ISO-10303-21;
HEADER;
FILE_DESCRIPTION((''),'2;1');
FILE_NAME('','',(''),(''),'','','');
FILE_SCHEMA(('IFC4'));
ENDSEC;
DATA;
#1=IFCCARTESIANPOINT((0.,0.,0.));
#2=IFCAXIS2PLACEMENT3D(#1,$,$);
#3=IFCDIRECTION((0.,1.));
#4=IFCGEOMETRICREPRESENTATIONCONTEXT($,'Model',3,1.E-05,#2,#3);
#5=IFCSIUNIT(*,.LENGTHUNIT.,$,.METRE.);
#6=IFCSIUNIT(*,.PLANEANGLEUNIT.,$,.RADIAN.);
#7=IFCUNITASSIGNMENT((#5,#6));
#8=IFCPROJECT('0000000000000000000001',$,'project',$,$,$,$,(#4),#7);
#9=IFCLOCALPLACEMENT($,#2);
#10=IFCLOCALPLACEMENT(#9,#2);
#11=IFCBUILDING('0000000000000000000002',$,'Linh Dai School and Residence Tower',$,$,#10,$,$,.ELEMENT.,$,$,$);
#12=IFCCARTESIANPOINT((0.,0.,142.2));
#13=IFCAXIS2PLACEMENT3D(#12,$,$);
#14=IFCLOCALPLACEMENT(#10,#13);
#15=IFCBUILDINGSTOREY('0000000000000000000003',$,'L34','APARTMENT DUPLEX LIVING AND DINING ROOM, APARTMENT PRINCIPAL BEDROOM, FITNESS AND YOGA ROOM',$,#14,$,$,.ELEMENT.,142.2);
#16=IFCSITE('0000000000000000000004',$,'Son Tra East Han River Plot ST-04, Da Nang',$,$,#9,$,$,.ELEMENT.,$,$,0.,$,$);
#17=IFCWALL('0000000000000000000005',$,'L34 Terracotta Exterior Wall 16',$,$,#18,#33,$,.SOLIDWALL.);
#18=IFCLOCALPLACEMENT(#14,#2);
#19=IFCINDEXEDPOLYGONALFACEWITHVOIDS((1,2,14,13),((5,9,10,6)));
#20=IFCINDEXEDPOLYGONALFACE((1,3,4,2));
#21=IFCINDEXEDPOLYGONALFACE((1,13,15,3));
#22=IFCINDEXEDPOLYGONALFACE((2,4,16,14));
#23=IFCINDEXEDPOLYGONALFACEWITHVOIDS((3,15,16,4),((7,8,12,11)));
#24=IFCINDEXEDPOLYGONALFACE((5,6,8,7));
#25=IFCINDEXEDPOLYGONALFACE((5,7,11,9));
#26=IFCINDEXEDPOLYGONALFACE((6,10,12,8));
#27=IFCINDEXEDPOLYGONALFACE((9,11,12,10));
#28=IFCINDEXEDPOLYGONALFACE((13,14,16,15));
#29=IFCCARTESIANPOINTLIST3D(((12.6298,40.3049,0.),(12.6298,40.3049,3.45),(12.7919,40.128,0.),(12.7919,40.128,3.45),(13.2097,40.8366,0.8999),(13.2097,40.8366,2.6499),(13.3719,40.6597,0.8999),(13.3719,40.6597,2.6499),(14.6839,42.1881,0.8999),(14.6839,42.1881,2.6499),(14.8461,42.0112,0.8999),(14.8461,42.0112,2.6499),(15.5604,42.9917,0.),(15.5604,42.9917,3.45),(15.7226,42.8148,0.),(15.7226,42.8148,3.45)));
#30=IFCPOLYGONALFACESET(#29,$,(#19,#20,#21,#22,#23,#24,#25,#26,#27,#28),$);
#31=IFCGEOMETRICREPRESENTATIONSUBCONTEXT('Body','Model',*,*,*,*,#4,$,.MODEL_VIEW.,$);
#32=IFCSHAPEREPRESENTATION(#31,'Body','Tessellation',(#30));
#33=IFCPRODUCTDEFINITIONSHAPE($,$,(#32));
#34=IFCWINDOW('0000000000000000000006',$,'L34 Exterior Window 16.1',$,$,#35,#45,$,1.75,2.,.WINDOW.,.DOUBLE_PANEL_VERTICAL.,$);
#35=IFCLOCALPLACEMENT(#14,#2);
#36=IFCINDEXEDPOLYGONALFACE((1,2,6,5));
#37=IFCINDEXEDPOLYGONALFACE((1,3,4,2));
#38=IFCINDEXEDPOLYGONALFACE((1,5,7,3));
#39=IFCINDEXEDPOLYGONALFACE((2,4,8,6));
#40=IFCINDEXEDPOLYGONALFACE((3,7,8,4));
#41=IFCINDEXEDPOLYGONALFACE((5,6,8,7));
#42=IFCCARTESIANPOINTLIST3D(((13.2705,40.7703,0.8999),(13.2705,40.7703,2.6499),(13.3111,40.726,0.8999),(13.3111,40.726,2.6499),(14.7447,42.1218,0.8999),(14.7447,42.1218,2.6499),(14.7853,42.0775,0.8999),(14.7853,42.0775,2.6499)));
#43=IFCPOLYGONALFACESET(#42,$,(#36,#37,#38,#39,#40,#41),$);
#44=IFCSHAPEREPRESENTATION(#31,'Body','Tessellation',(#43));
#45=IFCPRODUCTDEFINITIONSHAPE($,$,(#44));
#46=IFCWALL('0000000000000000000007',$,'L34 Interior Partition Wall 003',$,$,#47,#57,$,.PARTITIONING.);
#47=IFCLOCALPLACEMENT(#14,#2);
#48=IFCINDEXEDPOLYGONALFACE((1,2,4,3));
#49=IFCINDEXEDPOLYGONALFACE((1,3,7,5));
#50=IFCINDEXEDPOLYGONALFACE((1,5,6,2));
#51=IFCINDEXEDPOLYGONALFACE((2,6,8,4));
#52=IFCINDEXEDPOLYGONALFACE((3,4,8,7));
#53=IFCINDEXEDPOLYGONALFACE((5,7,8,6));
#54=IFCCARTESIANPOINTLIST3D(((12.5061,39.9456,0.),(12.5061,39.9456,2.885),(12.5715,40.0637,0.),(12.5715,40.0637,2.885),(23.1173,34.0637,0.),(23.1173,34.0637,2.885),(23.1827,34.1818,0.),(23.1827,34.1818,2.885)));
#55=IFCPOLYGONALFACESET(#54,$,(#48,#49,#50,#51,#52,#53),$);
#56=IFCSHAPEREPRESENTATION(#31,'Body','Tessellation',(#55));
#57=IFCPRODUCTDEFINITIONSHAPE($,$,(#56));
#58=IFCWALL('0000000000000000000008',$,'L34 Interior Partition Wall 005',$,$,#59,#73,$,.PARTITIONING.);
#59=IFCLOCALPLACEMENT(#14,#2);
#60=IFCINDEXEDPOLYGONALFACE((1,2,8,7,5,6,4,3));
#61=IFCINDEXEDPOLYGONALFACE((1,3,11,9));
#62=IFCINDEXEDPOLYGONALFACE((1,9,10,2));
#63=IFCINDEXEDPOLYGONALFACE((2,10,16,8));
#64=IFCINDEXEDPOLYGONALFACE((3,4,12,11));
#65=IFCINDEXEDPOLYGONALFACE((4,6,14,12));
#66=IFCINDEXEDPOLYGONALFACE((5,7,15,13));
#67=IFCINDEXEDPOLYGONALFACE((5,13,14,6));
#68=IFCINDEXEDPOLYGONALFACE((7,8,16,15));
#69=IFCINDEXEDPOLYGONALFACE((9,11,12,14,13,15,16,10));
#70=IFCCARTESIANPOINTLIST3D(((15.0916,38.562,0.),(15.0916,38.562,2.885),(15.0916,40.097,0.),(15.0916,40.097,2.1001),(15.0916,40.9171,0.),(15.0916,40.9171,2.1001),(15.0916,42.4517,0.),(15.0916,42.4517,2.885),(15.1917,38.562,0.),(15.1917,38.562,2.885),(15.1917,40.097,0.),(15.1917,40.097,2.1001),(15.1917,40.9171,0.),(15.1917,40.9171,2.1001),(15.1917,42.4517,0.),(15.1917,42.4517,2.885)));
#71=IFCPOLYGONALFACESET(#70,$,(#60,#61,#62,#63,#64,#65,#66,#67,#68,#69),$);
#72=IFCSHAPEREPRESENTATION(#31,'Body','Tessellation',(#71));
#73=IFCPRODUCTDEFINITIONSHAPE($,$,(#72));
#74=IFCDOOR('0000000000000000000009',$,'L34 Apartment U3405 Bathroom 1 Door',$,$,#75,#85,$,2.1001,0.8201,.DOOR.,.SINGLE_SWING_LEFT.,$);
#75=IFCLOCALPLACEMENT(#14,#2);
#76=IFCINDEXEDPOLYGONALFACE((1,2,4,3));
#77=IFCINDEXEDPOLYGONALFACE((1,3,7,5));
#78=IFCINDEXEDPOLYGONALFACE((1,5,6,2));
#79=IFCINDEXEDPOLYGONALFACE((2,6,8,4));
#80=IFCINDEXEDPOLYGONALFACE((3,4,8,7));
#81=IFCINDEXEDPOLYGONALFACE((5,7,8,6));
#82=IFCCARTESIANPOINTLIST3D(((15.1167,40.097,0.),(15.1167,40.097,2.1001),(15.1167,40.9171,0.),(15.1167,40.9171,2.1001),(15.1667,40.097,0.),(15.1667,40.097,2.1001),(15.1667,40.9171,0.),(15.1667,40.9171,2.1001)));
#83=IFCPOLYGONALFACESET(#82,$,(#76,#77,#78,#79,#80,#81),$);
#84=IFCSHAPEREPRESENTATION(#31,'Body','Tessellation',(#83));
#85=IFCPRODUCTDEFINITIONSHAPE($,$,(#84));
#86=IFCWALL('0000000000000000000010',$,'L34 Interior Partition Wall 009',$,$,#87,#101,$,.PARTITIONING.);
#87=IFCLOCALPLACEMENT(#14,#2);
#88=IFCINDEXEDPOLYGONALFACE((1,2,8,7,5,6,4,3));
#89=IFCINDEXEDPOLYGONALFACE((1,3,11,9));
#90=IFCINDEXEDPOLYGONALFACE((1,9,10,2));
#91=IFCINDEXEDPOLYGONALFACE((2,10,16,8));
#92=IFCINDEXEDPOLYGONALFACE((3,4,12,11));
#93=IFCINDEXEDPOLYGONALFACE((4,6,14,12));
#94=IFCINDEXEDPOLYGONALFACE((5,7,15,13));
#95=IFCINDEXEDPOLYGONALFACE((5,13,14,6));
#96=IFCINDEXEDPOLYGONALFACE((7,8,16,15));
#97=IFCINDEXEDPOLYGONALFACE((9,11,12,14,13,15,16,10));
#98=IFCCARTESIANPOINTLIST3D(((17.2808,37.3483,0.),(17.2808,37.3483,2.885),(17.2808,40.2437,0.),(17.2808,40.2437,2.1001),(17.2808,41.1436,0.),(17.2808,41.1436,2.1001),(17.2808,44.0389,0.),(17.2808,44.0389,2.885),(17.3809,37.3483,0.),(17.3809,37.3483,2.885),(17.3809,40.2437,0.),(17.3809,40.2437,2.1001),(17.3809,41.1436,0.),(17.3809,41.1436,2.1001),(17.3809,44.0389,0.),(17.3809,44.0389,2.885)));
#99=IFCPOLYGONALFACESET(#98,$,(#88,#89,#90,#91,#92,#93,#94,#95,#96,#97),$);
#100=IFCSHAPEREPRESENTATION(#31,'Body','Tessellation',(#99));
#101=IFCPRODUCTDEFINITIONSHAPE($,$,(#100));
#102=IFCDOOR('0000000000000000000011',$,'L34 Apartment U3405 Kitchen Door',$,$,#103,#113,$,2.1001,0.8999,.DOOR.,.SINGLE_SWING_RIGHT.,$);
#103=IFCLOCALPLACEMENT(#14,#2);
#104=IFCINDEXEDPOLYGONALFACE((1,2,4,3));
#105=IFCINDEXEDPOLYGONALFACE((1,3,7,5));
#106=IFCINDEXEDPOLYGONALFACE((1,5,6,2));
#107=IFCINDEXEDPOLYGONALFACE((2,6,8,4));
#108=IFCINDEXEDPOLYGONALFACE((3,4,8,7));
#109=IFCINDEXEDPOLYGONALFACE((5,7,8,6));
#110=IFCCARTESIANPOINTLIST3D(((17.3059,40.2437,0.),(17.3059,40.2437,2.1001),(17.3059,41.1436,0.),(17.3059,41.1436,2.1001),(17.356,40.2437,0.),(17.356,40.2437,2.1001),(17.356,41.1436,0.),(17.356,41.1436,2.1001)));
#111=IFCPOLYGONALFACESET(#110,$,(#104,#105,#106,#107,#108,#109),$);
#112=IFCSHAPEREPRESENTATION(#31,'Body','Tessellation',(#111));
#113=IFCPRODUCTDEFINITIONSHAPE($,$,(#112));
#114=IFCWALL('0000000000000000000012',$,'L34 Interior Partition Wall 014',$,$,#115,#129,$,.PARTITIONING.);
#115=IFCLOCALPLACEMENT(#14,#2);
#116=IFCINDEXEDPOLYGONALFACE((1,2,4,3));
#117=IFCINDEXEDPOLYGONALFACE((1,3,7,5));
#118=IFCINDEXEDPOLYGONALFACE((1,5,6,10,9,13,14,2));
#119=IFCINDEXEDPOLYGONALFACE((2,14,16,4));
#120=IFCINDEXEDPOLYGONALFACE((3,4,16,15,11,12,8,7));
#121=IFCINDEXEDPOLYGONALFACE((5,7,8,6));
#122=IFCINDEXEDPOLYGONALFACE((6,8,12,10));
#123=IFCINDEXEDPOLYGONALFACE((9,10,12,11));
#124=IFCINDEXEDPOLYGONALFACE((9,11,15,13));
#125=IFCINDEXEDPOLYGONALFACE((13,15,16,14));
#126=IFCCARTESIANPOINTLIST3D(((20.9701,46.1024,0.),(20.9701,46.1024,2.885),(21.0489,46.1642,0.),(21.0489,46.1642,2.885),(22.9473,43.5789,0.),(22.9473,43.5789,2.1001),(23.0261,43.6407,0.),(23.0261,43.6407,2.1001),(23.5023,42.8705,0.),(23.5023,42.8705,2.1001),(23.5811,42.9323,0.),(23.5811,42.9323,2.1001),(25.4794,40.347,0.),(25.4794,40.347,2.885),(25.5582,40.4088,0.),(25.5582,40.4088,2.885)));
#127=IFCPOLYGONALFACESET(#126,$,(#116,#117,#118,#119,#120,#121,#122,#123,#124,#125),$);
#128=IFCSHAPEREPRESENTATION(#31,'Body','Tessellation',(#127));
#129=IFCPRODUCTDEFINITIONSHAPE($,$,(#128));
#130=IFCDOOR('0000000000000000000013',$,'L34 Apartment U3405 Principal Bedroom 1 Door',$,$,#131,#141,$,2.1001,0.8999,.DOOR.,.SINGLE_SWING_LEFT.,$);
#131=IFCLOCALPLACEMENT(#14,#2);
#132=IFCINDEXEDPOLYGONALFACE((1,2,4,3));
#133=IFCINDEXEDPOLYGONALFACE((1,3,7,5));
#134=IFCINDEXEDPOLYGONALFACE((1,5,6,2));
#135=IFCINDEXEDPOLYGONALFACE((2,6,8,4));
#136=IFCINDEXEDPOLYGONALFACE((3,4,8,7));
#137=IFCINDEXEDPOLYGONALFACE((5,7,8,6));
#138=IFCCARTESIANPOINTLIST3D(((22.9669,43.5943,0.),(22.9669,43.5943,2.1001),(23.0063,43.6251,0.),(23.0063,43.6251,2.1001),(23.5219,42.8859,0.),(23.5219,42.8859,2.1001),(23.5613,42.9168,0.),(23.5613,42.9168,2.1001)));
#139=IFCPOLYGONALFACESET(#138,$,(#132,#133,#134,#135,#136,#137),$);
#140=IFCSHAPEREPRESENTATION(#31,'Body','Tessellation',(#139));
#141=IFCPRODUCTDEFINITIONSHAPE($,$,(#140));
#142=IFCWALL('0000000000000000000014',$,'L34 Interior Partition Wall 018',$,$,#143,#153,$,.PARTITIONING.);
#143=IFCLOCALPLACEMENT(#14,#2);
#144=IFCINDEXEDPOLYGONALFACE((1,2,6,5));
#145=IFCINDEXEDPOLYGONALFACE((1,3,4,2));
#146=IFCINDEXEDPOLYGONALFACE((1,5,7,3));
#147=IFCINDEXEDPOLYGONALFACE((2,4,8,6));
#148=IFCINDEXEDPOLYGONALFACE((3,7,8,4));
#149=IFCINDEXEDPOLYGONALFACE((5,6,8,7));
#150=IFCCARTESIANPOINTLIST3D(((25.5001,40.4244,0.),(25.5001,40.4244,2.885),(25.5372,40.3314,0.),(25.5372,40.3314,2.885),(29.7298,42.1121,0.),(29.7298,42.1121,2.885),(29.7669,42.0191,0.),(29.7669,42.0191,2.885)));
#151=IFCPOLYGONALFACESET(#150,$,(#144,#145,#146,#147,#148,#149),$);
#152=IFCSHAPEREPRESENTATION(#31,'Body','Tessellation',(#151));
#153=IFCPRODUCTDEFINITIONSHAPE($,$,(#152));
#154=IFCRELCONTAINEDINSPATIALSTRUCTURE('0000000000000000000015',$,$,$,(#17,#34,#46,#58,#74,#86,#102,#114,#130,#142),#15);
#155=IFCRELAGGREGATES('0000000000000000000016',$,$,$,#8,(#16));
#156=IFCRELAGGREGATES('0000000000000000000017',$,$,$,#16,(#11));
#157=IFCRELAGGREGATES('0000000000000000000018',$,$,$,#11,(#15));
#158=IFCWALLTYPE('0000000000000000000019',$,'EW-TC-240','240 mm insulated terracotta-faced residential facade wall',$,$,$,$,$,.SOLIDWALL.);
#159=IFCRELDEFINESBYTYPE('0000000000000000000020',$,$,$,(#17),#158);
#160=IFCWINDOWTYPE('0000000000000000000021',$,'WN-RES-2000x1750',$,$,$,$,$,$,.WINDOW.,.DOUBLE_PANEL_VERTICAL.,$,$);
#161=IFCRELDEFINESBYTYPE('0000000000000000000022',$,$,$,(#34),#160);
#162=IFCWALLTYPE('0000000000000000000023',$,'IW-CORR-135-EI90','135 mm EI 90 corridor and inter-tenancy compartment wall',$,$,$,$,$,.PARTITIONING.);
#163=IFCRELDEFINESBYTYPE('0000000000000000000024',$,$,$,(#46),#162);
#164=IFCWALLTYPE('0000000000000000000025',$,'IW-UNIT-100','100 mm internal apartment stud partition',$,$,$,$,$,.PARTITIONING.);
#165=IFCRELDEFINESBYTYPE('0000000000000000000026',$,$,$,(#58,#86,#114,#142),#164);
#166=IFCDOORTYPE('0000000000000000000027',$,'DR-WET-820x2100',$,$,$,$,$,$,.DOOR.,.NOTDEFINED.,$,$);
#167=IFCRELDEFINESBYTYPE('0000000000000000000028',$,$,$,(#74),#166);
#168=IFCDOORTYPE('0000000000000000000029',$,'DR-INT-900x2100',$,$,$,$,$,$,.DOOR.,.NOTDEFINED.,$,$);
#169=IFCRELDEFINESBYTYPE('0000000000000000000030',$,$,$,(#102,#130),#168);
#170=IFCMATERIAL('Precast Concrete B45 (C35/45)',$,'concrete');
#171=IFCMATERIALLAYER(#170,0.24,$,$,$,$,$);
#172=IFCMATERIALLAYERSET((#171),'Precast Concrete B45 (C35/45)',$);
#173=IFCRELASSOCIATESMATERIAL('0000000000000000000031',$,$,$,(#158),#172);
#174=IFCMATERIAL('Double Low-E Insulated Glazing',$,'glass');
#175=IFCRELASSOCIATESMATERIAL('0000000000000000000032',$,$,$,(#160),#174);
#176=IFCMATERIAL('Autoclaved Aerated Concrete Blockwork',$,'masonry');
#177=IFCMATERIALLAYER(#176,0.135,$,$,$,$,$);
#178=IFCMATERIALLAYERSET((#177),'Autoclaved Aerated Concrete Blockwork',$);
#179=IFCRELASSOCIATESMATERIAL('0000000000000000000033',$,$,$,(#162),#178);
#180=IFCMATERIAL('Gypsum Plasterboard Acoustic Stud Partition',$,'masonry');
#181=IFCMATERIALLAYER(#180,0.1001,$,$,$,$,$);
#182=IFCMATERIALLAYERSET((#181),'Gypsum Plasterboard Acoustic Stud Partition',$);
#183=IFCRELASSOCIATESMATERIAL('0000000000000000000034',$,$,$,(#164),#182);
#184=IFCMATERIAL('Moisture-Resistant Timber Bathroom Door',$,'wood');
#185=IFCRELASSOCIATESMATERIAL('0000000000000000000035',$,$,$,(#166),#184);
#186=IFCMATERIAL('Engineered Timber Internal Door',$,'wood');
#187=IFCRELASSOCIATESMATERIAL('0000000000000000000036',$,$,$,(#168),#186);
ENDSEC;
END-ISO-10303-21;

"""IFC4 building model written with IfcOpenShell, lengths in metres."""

from ifc_helpers import new_model, si_unit, direction, frame, frame_2d, origin, origin_2d, place, context, subcontext, project, spatial, rectangle, extrude, source, transform, mapped, material, layer, layer_set, type_object, element, fill, save


model = new_model("IFC4")

# Units and contexts
model_context = context("Model", 3, precision=1e-05, world=origin(), true_north=direction((0.0, 1.0)))
body_context = subcontext(model_context, "Body", "Model", "MODEL_VIEW")
ifc_project = project(units=[si_unit("LENGTHUNIT", "METRE"), si_unit("PLANEANGLEUNIT", "RADIAN")], contexts=[model_context])

# Site, building, storey
site_placement = place(None, origin())
site = spatial("IfcSite", under=ifc_project, at=site_placement, Name="Son Tra East Han River Plot ST-04, Da Nang", CompositionType="ELEMENT", RefElevation=0.0)
building_placement = place(site_placement, origin())
building = spatial("IfcBuilding", under=site, at=building_placement, Name="Linh Dai School and Residence Tower", CompositionType="ELEMENT")
storey_placement = place(building_placement, frame((0.0, 0.0, 142.2)))
storey = spatial("IfcBuildingStorey", under=building, at=storey_placement, Name="L34", Description="APARTMENT DUPLEX LIVING AND DINING ROOM, APARTMENT PRINCIPAL BEDROOM, FITNESS AND YOGA ROOM", CompositionType="ELEMENT", Elevation=142.2)

# Shared definitions
ifc_material_1 = material(Name="Precast Concrete B45 (C35/45)", Category="concrete")

# Shared definitions
ifc_layer_1 = layer(ifc_material_1, 0.24)
ifc_layer_set_1 = layer_set([ifc_layer_1], Name="Precast Concrete B45 (C35/45)")
wall_type_1 = type_object("IfcWallType", Name="EW-TC-240", Description="240 mm insulated terracotta-faced residential facade wall", PredefinedType="SOLIDWALL", material=ifc_layer_set_1)

# Shared definitions
ifc_material_2 = material(Name="Double Low-E Insulated Glazing", Category="glass")
window_type_1 = type_object("IfcWindowType", Name="WN-RES-2000x1750", PartitioningType="DOUBLE_PANEL_VERTICAL", PredefinedType="WINDOW", material=ifc_material_2)
shared_shape_1 = source(origin(), body_context, "Body", "SweptSolid", [
    extrude(rectangle(XDim=2.0, YDim=1.75, at=origin_2d()), frame((1.0, 0.03, 0.875), z_axis=(0.0, -1.0, 0.0), x_axis=(1.0, 0.0, 0.0)), (0.0, 0.0, 1.0), 0.0601),
])

# Wall, opening, window
wall_1_placement = place(storey_placement, frame((12.7109, 40.2166, 0.0), z_axis=(0.0, 0.0, 1.0), x_axis=(0.737113, 0.675769, 0.0)))
wall_1 = element("IfcWall", 1, at=wall_1_placement, inside=storey, type_object=wall_type_1, Name="L34 Terracotta Exterior Wall 16", PredefinedType="SOLIDWALL", context=body_context, shape_type="SweptSolid", body=[
    extrude(rectangle(XDim=3.9758, YDim=0.24, at=frame_2d((1.9878, 0.0))), origin(), (0.0, 0.0, 1.0), 3.45),
])
opening_1_placement = place(wall_1_placement, frame((0.7866, 0.0, 0.8999)))
opening_1 = element("IfcOpeningElement", 2, at=opening_1_placement, cuts=wall_1, PredefinedType="OPENING", context=body_context, shape_type="SweptSolid", body=[
    extrude(rectangle(XDim=2.0, YDim=1.75, at=origin_2d()), frame((1.0, 0.1299, 0.875), z_axis=(0.0, -1.0, 0.0), x_axis=(1.0, 0.0, 0.0)), (0.0, 0.0, 1.0), 0.26),
])
window_1_placement = place(opening_1_placement, origin())
window_1 = element("IfcWindow", 3, at=window_1_placement, inside=storey, type_object=window_type_1, Name="L34 Exterior Window 16.1", OverallHeight=1.75, OverallWidth=2.0, PartitioningType="DOUBLE_PANEL_VERTICAL", PredefinedType="WINDOW", context=body_context, shape_type="MappedRepresentation", body=[
    mapped(shared_shape_1, transform((0.0, 0.0, 0.0), x_axis=(1.0, 0.0, 0.0), y_axis=(0.0, 1.0, 0.0), z_axis=(0.0, 0.0, 1.0), scale=1.0)),
])
fill(opening_1, window_1)

# Wall
ifc_material_3 = material(Name="Autoclaved Aerated Concrete Blockwork", Category="masonry")
ifc_layer_2 = layer(ifc_material_3, 0.135)
ifc_layer_set_2 = layer_set([ifc_layer_2], Name="Autoclaved Aerated Concrete Blockwork")
wall_type_2 = type_object("IfcWallType", Name="IW-CORR-135-EI90", Description="135 mm EI 90 corridor and inter-tenancy compartment wall", PredefinedType="PARTITIONING", material=ifc_layer_set_2)
wall_2_placement = place(storey_placement, frame((12.5388, 40.0046, 0.0), z_axis=(0.0, 0.0, 1.0), x_axis=(0.874619, -0.484811, 0.0)))
element("IfcWall", 4, at=wall_2_placement, inside=storey, type_object=wall_type_2, Name="L34 Interior Partition Wall 003", PredefinedType="PARTITIONING", context=body_context, shape_type="SweptSolid", body=[
    extrude(rectangle(XDim=12.1323, YDim=0.135, at=frame_2d((6.0662, 0.0))), origin(), (0.0, 0.0, 1.0), 2.885),
])

# Walls, openings, doors
ifc_material_4 = material(Name="Gypsum Plasterboard Acoustic Stud Partition", Category="masonry")
ifc_layer_3 = layer(ifc_material_4, 0.1001)
ifc_layer_set_3 = layer_set([ifc_layer_3], Name="Gypsum Plasterboard Acoustic Stud Partition")
wall_type_3 = type_object("IfcWallType", Name="IW-UNIT-100", Description="100 mm internal apartment stud partition", PredefinedType="PARTITIONING", material=ifc_layer_set_3)
wall_3_placement = place(storey_placement, frame((15.1416, 38.562, 0.0), z_axis=(0.0, 0.0, 1.0), x_axis=(0.0, 1.0, 0.0)))
wall_3 = element("IfcWall", 5, at=wall_3_placement, inside=storey, type_object=wall_type_3, Name="L34 Interior Partition Wall 005", PredefinedType="PARTITIONING", context=body_context, shape_type="SweptSolid", body=[
    extrude(rectangle(XDim=3.8896, YDim=0.1001, at=frame_2d((1.9448, 0.0))), origin(), (0.0, 0.0, 1.0), 2.885),
])
opening_2_placement = place(wall_3_placement, frame((1.5349, 0.0, 0.0)))
opening_2 = element("IfcOpeningElement", 6, at=opening_2_placement, cuts=wall_3, PredefinedType="OPENING", context=body_context, shape_type="SweptSolid", body=[
    extrude(rectangle(XDim=0.8201, YDim=2.1001, at=origin_2d()), frame((0.4102, 0.0601, 1.05), z_axis=(0.0, -1.0, 0.0), x_axis=(1.0, 0.0, 0.0)), (0.0, 0.0, 1.0), 0.1201),
])
ifc_material_5 = material(Name="Moisture-Resistant Timber Bathroom Door", Category="wood")
door_type_1 = type_object("IfcDoorType", Name="DR-WET-820x2100", OperationType="NOTDEFINED", PredefinedType="DOOR", material=ifc_material_5)
shared_shape_2 = source(origin(), body_context, "Body", "SweptSolid", [
    extrude(rectangle(XDim=0.8201, YDim=2.1001, at=origin_2d()), frame((0.4102, 0.0249, 1.05), z_axis=(0.0, -1.0, 0.0), x_axis=(1.0, 0.0, 0.0)), (0.0, 0.0, 1.0), 0.05),
])
door_1_placement = place(opening_2_placement, origin())
door_1 = element("IfcDoor", 7, at=door_1_placement, inside=storey, type_object=door_type_1, Name="L34 Apartment U3405 Bathroom 1 Door", OperationType="SINGLE_SWING_LEFT", OverallHeight=2.1001, OverallWidth=0.8201, PredefinedType="DOOR", context=body_context, shape_type="MappedRepresentation", body=[
    mapped(shared_shape_2, transform((0.0, 0.0, 0.0), x_axis=(1.0, 0.0, 0.0), y_axis=(0.0, 1.0, 0.0), z_axis=(0.0, 0.0, 1.0), scale=1.0)),
])
fill(opening_2, door_1)
wall_4_placement = place(storey_placement, frame((17.3308, 37.3484, 0.0), z_axis=(0.0, 0.0, 1.0), x_axis=(0.0, 1.0, 0.0)))
wall_4 = element("IfcWall", 8, at=wall_4_placement, inside=storey, type_object=wall_type_3, Name="L34 Interior Partition Wall 009", PredefinedType="PARTITIONING", context=body_context, shape_type="SweptSolid", body=[
    extrude(rectangle(XDim=6.6907, YDim=0.1001, at=frame_2d((3.3452, 0.0))), origin(), (0.0, 0.0, 1.0), 2.885),
])
opening_3_placement = place(wall_4_placement, frame((2.8953, 0.0, 0.0)))
opening_3 = element("IfcOpeningElement", 9, at=opening_3_placement, cuts=wall_4, PredefinedType="OPENING", context=body_context, shape_type="SweptSolid", body=[
    extrude(rectangle(XDim=0.8999, YDim=2.1001, at=origin_2d()), frame((0.45, 0.0601, 1.05), z_axis=(0.0, -1.0, 0.0), x_axis=(1.0, 0.0, 0.0)), (0.0, 0.0, 1.0), 0.1201),
])
ifc_material_6 = material(Name="Engineered Timber Internal Door", Category="wood")
door_type_2 = type_object("IfcDoorType", Name="DR-INT-900x2100", OperationType="NOTDEFINED", PredefinedType="DOOR", material=ifc_material_6)
shared_shape_3 = source(origin(), body_context, "Body", "SweptSolid", [
    extrude(rectangle(XDim=0.8999, YDim=2.1001, at=origin_2d()), frame((0.45, 0.0249, 1.05), z_axis=(0.0, -1.0, 0.0), x_axis=(1.0, 0.0, 0.0)), (0.0, 0.0, 1.0), 0.05),
])
door_2_placement = place(opening_3_placement, origin())
door_2 = element("IfcDoor", 10, at=door_2_placement, inside=storey, type_object=door_type_2, Name="L34 Apartment U3405 Kitchen Door", OperationType="SINGLE_SWING_RIGHT", OverallHeight=2.1001, OverallWidth=0.8999, PredefinedType="DOOR", context=body_context, shape_type="MappedRepresentation", body=[
    mapped(shared_shape_3, transform((0.0, 0.0, 0.0), x_axis=(1.0, 0.0, 0.0), y_axis=(0.0, 1.0, 0.0), z_axis=(0.0, 0.0, 1.0), scale=1.0)),
])
fill(opening_3, door_2)
wall_5_placement = place(storey_placement, frame((21.0095, 46.1333, 0.0), z_axis=(0.0, 0.0, 1.0), x_axis=(0.616739, -0.787168, 0.0)))
wall_5 = element("IfcWall", 11, at=wall_5_placement, inside=storey, type_object=wall_type_3, Name="L34 Interior Partition Wall 014", PredefinedType="PARTITIONING", context=body_context, shape_type="SweptSolid", body=[
    extrude(rectangle(XDim=7.3115, YDim=0.1001, at=frame_2d((3.6558, 0.0))), origin(), (0.0, 0.0, 1.0), 2.885),
])
opening_4_placement = place(wall_5_placement, frame((3.2058, 0.0, 0.0)))
opening_4 = element("IfcOpeningElement", 12, at=opening_4_placement, cuts=wall_5, PredefinedType="OPENING", context=body_context, shape_type="SweptSolid", body=[
    extrude(rectangle(XDim=0.8999, YDim=2.1001, at=origin_2d()), frame((0.45, 0.0601, 1.05), z_axis=(0.0, -1.0, 0.0), x_axis=(1.0, 0.0, 0.0)), (0.0, 0.0, 1.0), 0.1201),
])
door_3_placement = place(opening_4_placement, origin())
door_3 = element("IfcDoor", 13, at=door_3_placement, inside=storey, type_object=door_type_2, Name="L34 Apartment U3405 Principal Bedroom 1 Door", OperationType="SINGLE_SWING_LEFT", OverallHeight=2.1001, OverallWidth=0.8999, PredefinedType="DOOR", context=body_context, shape_type="MappedRepresentation", body=[
    mapped(shared_shape_3, transform((0.0, 0.0, 0.0), x_axis=(1.0, 0.0, 0.0), y_axis=(0.0, 1.0, 0.0), z_axis=(0.0, 0.0, 1.0), scale=1.0)),
])
fill(opening_4, door_3)

# Wall
wall_6_placement = place(storey_placement, frame((25.5188, 40.3779, 0.0), z_axis=(0.0, 0.0, 1.0), x_axis=(0.928791, 0.370605, 0.0)))
element("IfcWall", 14, at=wall_6_placement, inside=storey, type_object=wall_type_3, Name="L34 Interior Partition Wall 018", PredefinedType="PARTITIONING", context=body_context, shape_type="SweptSolid", body=[
    extrude(rectangle(XDim=4.554, YDim=0.1001, at=frame_2d((2.2769, 0.0))), origin(), (0.0, 0.0, 1.0), 2.885),
])

save(model, "model.ifc")
